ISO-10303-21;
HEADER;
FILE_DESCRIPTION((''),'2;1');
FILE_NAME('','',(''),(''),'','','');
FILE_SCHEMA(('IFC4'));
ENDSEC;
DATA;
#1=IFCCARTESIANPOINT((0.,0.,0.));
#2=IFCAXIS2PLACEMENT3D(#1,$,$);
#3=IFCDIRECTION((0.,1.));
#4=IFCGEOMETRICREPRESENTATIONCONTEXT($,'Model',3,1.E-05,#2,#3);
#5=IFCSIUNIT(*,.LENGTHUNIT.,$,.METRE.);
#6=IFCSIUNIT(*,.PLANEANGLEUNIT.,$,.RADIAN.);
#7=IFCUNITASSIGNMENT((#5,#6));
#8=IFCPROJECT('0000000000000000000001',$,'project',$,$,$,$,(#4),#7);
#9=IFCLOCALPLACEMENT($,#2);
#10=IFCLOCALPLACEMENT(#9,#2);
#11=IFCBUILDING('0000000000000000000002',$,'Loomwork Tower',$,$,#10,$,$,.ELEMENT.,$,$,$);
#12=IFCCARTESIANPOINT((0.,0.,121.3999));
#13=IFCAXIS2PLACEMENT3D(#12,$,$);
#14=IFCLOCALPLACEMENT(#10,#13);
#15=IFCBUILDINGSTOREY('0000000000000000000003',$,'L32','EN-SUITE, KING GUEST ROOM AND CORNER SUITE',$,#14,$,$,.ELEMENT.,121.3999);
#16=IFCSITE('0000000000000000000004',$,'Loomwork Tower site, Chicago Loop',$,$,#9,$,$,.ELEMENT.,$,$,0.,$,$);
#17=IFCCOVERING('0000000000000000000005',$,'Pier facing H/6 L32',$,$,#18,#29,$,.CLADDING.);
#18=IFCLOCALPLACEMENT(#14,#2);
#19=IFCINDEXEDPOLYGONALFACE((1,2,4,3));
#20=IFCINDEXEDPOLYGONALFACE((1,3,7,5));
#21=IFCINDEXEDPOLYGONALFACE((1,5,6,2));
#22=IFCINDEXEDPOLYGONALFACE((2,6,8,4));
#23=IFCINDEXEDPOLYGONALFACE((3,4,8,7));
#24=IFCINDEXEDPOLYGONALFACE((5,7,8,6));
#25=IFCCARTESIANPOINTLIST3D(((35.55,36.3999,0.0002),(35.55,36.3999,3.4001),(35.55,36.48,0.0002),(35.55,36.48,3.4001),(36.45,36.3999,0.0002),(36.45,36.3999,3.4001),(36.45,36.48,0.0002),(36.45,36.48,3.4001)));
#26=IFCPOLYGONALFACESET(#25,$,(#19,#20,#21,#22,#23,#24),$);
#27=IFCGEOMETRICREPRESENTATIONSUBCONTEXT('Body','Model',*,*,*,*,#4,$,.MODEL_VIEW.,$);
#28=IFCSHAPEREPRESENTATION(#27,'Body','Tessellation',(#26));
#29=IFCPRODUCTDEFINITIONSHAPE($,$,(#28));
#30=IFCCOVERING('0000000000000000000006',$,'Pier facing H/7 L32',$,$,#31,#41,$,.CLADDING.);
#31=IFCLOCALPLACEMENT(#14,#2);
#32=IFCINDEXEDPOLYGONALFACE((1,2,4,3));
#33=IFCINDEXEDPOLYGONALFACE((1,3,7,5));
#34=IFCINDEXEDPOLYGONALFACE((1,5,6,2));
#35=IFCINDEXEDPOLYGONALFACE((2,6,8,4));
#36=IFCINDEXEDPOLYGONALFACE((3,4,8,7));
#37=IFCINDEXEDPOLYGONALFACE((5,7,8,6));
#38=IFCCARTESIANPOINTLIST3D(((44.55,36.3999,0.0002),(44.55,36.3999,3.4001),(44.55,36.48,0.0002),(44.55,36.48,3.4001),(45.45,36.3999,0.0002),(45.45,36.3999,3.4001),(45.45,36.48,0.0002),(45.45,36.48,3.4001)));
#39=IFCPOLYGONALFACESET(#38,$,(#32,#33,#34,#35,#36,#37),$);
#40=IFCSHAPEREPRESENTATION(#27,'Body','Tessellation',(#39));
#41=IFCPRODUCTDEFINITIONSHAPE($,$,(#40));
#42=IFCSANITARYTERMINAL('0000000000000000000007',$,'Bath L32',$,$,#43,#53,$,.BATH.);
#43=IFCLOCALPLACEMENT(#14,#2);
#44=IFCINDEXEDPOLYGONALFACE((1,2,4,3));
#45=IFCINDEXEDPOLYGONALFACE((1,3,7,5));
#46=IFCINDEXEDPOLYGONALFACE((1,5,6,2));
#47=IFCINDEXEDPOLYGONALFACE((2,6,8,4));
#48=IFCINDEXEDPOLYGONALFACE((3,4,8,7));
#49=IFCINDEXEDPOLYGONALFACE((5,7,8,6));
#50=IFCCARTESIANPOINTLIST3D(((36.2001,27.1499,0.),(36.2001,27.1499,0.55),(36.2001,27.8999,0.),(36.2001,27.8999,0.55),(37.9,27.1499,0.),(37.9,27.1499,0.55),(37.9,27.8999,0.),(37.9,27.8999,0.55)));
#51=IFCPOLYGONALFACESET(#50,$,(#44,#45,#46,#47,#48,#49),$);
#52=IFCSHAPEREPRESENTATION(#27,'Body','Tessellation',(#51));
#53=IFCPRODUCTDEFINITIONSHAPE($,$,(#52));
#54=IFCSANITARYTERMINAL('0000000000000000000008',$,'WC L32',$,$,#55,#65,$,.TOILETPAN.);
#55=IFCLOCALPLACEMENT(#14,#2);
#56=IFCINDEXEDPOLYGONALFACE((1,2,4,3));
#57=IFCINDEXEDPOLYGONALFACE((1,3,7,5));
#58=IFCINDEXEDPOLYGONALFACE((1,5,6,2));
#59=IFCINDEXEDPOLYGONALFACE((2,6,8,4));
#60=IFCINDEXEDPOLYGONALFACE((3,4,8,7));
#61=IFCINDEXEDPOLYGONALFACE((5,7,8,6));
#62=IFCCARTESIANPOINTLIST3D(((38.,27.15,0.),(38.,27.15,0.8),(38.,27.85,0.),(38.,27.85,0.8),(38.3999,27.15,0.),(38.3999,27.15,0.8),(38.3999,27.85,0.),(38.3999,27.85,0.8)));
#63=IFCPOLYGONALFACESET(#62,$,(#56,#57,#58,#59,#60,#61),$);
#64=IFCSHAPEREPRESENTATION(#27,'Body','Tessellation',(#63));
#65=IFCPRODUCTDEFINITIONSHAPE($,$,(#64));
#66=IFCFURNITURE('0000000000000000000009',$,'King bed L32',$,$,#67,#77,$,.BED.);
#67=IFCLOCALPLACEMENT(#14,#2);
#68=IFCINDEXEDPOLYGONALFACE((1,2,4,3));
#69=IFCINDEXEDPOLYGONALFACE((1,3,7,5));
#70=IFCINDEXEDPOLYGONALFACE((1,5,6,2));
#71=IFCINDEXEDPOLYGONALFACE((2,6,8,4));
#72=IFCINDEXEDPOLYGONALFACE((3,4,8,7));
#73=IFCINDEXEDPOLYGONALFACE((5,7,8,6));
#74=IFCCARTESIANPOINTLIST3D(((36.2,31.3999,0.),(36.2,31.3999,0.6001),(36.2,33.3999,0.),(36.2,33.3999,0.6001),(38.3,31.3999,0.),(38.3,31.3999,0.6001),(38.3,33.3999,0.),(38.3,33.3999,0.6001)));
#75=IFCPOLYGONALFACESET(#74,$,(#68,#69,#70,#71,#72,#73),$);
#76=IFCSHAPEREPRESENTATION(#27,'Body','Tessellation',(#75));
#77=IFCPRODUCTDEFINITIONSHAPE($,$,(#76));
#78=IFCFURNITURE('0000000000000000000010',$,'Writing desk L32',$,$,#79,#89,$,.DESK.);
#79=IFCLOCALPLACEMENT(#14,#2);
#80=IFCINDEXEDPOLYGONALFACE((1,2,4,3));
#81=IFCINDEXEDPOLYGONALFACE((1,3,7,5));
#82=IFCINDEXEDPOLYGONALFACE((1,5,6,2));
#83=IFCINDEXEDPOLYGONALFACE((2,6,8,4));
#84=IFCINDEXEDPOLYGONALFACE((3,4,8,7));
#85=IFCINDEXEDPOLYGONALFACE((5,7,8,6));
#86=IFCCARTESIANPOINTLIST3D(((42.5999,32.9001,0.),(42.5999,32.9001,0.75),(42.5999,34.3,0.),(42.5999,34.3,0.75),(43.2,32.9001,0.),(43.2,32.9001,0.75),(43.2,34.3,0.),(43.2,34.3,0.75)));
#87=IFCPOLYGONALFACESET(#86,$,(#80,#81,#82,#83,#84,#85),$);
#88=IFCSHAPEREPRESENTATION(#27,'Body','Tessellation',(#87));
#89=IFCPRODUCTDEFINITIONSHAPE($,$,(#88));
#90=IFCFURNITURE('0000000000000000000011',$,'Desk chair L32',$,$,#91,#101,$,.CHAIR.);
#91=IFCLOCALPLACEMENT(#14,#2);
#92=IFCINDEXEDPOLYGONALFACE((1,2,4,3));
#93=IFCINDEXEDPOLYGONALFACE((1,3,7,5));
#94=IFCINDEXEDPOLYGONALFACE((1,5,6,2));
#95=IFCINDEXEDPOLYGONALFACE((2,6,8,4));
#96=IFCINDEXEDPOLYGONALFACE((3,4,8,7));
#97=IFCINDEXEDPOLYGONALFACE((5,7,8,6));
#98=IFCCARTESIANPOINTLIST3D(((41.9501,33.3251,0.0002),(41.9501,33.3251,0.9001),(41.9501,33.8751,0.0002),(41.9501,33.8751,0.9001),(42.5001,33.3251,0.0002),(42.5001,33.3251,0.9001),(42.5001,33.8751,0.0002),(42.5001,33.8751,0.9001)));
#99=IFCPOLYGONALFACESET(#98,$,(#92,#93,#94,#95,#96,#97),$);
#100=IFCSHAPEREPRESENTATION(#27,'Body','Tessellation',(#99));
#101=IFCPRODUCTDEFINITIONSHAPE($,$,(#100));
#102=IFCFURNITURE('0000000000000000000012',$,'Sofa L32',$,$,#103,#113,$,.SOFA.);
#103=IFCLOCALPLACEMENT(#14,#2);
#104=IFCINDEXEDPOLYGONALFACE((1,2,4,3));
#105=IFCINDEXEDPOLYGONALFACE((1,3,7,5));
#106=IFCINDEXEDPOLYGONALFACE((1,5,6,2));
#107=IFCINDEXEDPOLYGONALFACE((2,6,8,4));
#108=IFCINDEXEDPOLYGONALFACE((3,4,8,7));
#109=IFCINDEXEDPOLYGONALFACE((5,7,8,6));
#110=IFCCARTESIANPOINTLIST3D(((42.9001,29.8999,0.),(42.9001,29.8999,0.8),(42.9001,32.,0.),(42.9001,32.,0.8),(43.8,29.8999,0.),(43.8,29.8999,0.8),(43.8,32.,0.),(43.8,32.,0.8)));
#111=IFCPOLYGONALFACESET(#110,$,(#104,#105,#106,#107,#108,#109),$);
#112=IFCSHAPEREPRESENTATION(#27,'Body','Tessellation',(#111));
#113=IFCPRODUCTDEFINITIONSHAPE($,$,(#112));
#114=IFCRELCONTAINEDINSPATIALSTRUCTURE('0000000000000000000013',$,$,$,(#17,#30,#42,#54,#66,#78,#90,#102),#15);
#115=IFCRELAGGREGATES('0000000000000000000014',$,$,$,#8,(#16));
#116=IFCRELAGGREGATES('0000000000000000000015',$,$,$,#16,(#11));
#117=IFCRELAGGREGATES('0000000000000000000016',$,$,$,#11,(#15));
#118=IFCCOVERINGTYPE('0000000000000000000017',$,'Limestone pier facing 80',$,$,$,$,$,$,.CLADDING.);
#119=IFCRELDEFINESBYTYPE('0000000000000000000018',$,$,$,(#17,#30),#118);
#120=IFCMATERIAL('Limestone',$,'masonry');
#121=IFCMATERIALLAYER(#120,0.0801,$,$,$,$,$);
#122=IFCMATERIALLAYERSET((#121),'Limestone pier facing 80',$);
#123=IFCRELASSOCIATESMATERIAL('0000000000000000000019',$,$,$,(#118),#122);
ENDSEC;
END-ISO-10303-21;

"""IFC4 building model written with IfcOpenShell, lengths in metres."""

from ifc_helpers import new_model, si_unit, direction, frame, origin, origin_2d, place, context, subcontext, project, spatial, rectangle, extrude, material, layer, layer_set, type_object, element, save


model = new_model("IFC4")

# Units and contexts
model_context = context("Model", 3, precision=1e-05, world=origin(), true_north=direction((0.0, 1.0)))
body_context = subcontext(model_context, "Body", "Model", "MODEL_VIEW")
ifc_project = project(units=[si_unit("LENGTHUNIT", "METRE"), si_unit("PLANEANGLEUNIT", "RADIAN")], contexts=[model_context])

# Site, building, storey
site_placement = place(None, origin())
site = spatial("IfcSite", under=ifc_project, at=site_placement, Name="Loomwork Tower site, Chicago Loop", CompositionType="ELEMENT", RefElevation=0.0)
building_placement = place(site_placement, origin())
building = spatial("IfcBuilding", under=site, at=building_placement, Name="Loomwork Tower", CompositionType="ELEMENT")
storey_placement = place(building_placement, frame((0.0, 0.0, 121.3999)))
storey = spatial("IfcBuildingStorey", under=building, at=storey_placement, Name="L32", Description="EN-SUITE, KING GUEST ROOM AND CORNER SUITE", CompositionType="ELEMENT", Elevation=121.3999)

# Coverings
ifc_material_1 = material(Name="Limestone", Category="masonry")
ifc_layer_1 = layer(ifc_material_1, 0.0801)
ifc_layer_set_1 = layer_set([ifc_layer_1], Name="Limestone pier facing 80")
covering_type = type_object("IfcCoveringType", Name="Limestone pier facing 80", PredefinedType="CLADDING", material=ifc_layer_set_1)
for number, where, z_axis, x_axis, name in (
    (1, (36.0, 36.4399, 0.0002), (0.0, 0.0, 1.0), (1.0, 0.0, 0.0), "Pier facing H/6 L32"),
    (2, (45.0, 36.4399, 0.0002), (0.0, 0.0, 1.0), (1.0, 0.0, 0.0), "Pier facing H/7 L32"),
):
    element("IfcCovering", number, at=place(storey_placement, frame(where, z_axis=z_axis, x_axis=x_axis)), inside=storey, type_object=covering_type, Name=name, PredefinedType="CLADDING", context=body_context, shape_type="SweptSolid", body=[
        extrude(rectangle(XDim=0.8999, YDim=0.0801, at=origin_2d()), origin(), (0.0, 0.0, 1.0), 3.3999),
    ])

# Sanitary terminals
sanitary_terminal_1_placement = place(storey_placement, frame((37.05, 27.5249, 0.0), z_axis=(0.0, 0.0, 1.0), x_axis=(1.0, 0.0, 0.0)))
element("IfcSanitaryTerminal", 3, at=sanitary_terminal_1_placement, inside=storey, Name="Bath L32", PredefinedType="BATH", context=body_context, shape_type="SweptSolid", body=[
    extrude(rectangle(XDim=1.7, YDim=0.75, at=origin_2d()), origin(), (0.0, 0.0, 1.0), 0.55),
])
sanitary_terminal_2_placement = place(storey_placement, frame((38.2, 27.5, 0.0), z_axis=(0.0, 0.0, 1.0), x_axis=(1.0, 0.0, 0.0)))
element("IfcSanitaryTerminal", 4, at=sanitary_terminal_2_placement, inside=storey, Name="WC L32", PredefinedType="TOILETPAN", context=body_context, shape_type="SweptSolid", body=[
    extrude(rectangle(XDim=0.3999, YDim=0.7, at=origin_2d()), origin(), (0.0, 0.0, 1.0), 0.8),
])

# Furniture
furniture_1_placement = place(storey_placement, frame((37.25, 32.3999, 0.0), z_axis=(0.0, 0.0, 1.0), x_axis=(1.0, 0.0, 0.0)))
element("IfcFurniture", 5, at=furniture_1_placement, inside=storey, Name="King bed L32", PredefinedType="BED", context=body_context, shape_type="SweptSolid", body=[
    extrude(rectangle(XDim=2.1001, YDim=2.0, at=origin_2d()), origin(), (0.0, 0.0, 1.0), 0.6001),
])
furniture_2_placement = place(storey_placement, frame((42.8999, 33.6001, 0.0), z_axis=(0.0, 0.0, 1.0), x_axis=(1.0, 0.0, 0.0)))
element("IfcFurniture", 6, at=furniture_2_placement, inside=storey, Name="Writing desk L32", PredefinedType="DESK", context=body_context, shape_type="SweptSolid", body=[
    extrude(rectangle(XDim=0.6001, YDim=1.3999, at=origin_2d()), origin(), (0.0, 0.0, 1.0), 0.75),
])
furniture_3_placement = place(storey_placement, frame((42.2251, 33.6001, 0.0002), z_axis=(0.0, 0.0, 1.0), x_axis=(1.0, 0.0, 0.0)))
element("IfcFurniture", 7, at=furniture_3_placement, inside=storey, Name="Desk chair L32", PredefinedType="CHAIR", context=body_context, shape_type="SweptSolid", body=[
    extrude(rectangle(XDim=0.55, YDim=0.55, at=origin_2d()), origin(), (0.0, 0.0, 1.0), 0.8999),
])
furniture_4_placement = place(storey_placement, frame((43.3501, 30.95, 0.0), z_axis=(0.0, 0.0, 1.0), x_axis=(1.0, 0.0, 0.0)))
element("IfcFurniture", 8, at=furniture_4_placement, inside=storey, Name="Sofa L32", PredefinedType="SOFA", context=body_context, shape_type="SweptSolid", body=[
    extrude(rectangle(XDim=0.8999, YDim=2.1001, at=origin_2d()), origin(), (0.0, 0.0, 1.0), 0.8),
])

save(model, "model.ifc")
